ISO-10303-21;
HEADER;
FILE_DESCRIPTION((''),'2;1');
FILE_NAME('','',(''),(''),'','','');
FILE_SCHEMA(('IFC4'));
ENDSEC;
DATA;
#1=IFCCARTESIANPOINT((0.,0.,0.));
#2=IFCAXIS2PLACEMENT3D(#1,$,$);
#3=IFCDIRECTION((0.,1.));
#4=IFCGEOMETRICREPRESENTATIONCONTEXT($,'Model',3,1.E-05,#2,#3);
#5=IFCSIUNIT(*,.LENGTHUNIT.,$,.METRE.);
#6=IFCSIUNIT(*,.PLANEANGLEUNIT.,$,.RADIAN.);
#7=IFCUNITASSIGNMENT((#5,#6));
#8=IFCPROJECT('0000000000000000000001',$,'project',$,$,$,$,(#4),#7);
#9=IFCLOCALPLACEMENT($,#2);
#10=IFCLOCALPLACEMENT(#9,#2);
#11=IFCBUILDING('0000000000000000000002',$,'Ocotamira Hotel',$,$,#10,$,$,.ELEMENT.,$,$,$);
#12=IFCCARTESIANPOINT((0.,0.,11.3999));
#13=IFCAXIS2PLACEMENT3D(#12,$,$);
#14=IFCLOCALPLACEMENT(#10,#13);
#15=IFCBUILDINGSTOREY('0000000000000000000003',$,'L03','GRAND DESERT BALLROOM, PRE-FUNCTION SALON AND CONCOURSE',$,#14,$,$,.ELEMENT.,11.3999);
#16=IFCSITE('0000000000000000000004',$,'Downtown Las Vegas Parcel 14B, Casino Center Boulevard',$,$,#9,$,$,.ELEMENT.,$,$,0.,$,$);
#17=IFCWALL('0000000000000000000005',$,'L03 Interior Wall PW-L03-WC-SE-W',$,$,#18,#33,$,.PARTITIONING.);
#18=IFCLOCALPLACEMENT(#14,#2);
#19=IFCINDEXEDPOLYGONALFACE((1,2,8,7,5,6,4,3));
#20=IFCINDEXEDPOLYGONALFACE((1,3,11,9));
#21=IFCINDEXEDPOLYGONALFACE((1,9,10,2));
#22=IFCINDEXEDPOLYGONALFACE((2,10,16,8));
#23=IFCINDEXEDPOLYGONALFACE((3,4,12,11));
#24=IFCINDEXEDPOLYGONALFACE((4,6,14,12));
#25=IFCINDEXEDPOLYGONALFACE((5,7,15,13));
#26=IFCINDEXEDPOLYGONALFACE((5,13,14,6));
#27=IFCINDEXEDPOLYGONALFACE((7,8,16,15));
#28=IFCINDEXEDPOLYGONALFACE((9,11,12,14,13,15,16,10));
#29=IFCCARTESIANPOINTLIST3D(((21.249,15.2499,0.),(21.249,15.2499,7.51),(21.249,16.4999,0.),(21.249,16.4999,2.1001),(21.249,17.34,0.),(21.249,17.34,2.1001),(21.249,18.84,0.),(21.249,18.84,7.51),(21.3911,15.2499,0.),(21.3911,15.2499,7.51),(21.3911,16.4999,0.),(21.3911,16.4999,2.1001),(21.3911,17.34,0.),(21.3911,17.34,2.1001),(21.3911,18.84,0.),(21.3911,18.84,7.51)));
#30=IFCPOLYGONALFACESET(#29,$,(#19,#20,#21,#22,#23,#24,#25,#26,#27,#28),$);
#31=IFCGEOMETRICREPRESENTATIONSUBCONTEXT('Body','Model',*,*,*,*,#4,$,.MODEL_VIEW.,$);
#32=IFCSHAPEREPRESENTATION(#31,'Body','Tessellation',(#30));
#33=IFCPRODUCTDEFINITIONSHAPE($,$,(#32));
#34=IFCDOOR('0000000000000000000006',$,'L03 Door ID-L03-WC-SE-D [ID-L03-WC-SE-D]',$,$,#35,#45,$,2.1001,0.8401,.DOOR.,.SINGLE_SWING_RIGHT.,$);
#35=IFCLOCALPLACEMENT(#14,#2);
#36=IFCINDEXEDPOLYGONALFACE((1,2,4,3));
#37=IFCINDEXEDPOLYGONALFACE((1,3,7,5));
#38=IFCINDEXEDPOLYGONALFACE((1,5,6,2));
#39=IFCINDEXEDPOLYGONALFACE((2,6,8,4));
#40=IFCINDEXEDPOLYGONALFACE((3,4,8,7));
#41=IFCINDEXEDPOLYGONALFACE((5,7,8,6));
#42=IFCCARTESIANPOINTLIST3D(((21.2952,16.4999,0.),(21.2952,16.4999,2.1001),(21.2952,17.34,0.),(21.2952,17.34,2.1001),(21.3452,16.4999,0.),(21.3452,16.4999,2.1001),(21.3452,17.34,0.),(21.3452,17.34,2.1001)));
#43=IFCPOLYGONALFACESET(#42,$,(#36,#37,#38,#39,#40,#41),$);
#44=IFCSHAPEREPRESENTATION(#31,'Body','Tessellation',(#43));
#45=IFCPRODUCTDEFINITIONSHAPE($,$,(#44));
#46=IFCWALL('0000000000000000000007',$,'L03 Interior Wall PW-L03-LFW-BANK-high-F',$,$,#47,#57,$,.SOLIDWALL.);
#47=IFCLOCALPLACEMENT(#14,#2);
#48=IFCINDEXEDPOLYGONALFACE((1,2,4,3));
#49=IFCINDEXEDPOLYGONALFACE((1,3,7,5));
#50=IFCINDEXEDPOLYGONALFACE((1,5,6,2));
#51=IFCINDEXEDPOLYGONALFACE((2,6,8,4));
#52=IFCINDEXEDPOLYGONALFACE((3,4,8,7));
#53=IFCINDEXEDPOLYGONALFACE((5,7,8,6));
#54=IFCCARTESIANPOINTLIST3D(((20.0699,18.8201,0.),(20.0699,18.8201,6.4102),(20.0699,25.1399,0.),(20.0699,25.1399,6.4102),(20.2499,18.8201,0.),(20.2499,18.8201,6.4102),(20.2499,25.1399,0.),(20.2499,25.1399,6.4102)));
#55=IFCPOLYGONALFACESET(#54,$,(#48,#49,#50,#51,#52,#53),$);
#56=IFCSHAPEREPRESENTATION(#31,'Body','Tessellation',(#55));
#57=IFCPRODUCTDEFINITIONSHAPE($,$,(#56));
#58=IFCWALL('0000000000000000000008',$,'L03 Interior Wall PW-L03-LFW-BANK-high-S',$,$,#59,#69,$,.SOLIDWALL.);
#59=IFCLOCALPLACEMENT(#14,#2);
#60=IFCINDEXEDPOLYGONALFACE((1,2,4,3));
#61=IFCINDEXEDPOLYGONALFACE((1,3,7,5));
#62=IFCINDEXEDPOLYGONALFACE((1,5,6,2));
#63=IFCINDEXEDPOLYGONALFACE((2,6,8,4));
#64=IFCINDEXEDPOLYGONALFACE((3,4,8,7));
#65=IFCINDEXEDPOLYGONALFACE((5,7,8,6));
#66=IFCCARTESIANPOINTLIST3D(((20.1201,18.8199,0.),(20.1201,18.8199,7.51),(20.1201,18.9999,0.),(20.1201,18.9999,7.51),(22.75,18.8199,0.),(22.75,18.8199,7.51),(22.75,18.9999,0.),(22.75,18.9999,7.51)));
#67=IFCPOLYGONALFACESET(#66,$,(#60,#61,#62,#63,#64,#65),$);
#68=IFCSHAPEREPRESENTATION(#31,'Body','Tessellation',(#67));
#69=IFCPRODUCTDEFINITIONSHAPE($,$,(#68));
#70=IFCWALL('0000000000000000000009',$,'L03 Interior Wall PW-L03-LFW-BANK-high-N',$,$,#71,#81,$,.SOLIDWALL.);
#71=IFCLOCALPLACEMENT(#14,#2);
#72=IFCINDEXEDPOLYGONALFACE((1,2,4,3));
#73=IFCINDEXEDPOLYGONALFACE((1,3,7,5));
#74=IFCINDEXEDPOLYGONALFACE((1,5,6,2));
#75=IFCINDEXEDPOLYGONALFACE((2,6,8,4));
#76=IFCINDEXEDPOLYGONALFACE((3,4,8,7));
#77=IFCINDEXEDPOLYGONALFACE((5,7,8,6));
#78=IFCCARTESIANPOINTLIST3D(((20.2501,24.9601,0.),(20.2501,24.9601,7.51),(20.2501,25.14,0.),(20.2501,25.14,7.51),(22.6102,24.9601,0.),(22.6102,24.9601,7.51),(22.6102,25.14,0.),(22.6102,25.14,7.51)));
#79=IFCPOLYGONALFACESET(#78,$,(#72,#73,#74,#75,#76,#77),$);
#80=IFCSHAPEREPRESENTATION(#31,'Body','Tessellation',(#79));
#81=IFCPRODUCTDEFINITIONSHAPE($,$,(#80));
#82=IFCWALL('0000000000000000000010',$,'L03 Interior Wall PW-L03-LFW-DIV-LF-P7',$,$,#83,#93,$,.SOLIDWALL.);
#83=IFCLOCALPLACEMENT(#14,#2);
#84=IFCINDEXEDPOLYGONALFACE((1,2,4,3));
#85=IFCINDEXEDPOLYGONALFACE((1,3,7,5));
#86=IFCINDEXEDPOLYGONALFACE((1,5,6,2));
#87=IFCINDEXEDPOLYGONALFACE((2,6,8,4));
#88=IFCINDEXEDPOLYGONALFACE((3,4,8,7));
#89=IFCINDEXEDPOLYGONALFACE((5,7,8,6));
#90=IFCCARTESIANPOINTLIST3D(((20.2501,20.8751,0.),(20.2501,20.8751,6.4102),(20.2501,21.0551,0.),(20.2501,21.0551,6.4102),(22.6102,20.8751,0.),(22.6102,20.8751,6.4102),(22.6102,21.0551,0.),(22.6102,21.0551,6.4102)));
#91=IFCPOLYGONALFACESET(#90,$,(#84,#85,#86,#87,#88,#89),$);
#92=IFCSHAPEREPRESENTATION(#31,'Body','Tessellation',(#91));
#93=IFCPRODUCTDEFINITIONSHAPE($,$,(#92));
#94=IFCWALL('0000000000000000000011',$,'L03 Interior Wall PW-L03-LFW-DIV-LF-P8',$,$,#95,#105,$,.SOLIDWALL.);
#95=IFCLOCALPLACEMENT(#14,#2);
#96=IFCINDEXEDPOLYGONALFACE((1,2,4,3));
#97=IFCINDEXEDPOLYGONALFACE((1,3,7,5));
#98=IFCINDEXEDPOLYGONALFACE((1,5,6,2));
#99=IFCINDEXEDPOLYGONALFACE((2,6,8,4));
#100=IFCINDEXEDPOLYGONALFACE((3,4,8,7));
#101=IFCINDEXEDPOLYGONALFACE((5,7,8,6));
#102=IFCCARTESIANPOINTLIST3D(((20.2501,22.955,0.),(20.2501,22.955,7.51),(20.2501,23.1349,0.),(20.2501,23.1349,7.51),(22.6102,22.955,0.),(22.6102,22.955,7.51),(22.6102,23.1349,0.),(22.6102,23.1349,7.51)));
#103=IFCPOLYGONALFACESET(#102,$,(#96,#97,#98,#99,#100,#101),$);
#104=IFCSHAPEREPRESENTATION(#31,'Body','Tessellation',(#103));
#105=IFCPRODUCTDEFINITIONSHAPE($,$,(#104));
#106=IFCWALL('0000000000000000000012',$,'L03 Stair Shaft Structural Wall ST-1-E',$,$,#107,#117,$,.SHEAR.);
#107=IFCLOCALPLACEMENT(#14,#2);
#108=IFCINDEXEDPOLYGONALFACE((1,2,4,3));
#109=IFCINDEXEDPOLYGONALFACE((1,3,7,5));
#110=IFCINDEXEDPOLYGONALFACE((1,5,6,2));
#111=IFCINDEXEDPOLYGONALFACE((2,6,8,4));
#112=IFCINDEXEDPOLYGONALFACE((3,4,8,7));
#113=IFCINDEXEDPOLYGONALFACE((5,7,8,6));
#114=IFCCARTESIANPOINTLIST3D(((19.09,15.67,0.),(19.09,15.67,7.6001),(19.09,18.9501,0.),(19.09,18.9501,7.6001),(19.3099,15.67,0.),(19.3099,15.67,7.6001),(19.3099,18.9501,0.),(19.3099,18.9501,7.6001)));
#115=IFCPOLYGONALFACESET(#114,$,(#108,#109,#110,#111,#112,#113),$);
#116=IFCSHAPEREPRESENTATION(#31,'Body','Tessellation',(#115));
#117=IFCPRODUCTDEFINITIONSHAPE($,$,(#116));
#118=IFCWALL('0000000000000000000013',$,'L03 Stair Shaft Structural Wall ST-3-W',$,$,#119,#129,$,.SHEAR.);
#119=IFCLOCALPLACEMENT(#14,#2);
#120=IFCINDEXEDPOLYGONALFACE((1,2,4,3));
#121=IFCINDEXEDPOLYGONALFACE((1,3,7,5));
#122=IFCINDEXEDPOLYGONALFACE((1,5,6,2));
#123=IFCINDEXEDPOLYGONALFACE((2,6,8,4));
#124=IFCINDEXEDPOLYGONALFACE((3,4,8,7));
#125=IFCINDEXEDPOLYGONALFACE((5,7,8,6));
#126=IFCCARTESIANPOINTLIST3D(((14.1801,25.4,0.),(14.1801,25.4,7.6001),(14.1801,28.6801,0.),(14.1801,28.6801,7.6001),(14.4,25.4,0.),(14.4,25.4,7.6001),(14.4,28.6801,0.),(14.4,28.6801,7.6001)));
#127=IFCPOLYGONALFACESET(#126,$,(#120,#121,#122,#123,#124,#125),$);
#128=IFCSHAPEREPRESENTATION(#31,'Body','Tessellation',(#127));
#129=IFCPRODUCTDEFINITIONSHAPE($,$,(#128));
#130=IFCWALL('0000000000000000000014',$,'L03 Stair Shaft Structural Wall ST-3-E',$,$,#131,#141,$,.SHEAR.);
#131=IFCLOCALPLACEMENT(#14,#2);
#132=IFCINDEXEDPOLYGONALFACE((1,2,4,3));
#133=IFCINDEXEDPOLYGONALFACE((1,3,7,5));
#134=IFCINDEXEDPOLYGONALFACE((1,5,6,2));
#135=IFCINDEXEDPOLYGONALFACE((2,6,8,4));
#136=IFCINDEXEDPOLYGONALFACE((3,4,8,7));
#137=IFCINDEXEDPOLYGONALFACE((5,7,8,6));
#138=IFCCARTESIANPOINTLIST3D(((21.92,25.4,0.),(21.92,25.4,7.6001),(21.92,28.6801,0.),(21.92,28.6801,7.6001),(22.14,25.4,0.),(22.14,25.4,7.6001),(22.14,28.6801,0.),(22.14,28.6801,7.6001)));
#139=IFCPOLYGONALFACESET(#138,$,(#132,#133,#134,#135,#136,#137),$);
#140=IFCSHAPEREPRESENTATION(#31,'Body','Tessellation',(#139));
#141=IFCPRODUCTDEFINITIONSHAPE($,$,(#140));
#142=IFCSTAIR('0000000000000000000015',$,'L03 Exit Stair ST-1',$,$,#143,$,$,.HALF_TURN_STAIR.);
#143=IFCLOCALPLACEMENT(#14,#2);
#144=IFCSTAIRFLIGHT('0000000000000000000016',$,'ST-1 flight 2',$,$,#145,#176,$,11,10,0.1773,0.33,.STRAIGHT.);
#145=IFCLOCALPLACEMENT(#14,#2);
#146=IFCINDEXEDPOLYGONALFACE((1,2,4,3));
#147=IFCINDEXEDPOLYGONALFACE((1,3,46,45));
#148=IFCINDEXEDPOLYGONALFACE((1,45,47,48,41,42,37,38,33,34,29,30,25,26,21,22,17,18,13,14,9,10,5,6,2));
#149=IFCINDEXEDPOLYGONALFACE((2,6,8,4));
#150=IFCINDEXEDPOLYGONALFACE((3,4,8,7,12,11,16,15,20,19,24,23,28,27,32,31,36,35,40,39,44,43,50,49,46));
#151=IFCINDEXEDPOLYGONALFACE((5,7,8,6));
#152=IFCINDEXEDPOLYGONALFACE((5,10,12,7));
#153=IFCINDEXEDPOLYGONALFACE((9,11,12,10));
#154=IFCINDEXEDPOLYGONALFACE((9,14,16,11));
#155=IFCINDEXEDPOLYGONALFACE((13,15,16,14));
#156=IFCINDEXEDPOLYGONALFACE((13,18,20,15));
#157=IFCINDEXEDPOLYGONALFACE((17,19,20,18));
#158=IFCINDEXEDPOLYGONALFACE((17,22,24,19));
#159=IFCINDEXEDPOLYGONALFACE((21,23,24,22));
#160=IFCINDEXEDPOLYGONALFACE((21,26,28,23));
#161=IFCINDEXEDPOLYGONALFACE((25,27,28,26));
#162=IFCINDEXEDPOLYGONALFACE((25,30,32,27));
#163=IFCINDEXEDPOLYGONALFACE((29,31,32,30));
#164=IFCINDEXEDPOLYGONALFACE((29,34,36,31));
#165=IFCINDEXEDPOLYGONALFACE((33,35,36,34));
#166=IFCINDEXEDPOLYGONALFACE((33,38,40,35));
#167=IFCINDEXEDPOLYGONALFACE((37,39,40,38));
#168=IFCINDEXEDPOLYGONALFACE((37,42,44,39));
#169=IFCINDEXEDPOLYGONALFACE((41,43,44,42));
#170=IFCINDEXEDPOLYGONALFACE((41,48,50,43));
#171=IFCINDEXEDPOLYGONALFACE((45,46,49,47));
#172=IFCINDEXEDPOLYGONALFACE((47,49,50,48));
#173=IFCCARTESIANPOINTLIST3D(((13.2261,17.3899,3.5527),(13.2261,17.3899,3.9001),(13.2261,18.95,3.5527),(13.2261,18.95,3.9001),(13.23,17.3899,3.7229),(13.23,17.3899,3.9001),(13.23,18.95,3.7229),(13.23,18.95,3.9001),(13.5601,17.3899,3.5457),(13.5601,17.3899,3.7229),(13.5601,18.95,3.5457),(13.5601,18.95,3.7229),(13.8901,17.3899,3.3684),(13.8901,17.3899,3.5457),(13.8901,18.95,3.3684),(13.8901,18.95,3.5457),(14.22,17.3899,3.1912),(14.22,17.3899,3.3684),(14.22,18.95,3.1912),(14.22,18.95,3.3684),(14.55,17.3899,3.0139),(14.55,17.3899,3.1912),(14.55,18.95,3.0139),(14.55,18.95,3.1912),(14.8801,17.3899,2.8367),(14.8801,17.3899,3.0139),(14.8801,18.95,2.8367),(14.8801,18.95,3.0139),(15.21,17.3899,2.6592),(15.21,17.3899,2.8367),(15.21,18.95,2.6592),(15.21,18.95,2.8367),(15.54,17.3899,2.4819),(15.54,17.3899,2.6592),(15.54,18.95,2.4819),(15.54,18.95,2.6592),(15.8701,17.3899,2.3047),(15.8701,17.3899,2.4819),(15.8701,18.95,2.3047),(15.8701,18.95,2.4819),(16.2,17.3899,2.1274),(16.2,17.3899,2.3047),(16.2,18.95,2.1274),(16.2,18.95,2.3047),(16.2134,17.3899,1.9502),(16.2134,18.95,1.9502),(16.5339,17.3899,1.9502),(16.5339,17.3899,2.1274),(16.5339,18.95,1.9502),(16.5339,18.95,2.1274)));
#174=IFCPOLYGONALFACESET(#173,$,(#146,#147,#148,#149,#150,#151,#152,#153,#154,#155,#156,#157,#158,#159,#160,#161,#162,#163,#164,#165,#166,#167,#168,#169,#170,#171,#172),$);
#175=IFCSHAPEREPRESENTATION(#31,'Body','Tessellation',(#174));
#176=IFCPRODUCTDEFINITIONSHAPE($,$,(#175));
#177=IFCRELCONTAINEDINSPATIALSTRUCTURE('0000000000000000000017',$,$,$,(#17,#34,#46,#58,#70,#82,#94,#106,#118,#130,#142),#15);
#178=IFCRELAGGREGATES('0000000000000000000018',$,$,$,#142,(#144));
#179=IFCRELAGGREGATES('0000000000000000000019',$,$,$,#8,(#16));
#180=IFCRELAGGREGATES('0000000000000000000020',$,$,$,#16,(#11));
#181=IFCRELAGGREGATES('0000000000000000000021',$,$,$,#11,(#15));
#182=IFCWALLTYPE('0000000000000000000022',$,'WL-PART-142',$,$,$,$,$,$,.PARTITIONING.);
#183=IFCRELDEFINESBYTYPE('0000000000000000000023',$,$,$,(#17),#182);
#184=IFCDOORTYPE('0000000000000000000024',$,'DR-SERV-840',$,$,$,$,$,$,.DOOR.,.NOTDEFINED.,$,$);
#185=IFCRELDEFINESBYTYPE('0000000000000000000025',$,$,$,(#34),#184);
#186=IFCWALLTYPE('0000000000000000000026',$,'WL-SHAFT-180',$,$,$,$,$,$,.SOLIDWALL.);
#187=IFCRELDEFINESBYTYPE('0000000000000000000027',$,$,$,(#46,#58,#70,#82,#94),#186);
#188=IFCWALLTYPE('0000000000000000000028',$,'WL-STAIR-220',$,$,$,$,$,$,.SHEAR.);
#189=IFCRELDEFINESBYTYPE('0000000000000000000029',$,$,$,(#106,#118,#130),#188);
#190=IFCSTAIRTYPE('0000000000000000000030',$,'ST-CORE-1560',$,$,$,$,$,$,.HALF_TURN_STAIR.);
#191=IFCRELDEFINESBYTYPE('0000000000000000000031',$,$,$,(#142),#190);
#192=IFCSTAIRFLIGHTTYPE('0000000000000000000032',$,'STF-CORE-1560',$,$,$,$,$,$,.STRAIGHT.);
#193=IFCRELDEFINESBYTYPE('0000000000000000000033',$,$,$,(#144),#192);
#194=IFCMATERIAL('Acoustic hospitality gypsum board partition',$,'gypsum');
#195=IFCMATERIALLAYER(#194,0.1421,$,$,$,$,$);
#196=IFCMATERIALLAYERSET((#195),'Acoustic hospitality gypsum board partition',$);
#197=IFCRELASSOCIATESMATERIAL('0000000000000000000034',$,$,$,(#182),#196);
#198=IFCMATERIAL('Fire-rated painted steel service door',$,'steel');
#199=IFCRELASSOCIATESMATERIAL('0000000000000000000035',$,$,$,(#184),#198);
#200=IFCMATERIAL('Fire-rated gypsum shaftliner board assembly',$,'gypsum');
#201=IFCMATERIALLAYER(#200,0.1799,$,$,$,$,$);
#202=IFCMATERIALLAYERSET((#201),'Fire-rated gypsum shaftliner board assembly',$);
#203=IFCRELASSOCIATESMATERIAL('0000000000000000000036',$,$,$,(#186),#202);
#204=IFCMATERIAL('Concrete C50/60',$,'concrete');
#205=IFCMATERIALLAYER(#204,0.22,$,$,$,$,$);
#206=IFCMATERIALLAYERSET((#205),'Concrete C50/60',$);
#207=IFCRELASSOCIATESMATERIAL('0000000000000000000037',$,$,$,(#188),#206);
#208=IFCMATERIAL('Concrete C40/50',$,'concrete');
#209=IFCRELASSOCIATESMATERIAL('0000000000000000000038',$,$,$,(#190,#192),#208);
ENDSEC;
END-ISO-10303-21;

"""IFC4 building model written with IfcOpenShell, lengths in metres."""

from ifc_helpers import new_model, si_unit, direction, frame, frame_2d, origin, place, context, subcontext, project, spatial, polyline, rectangle, outline, extrude, source, transform, mapped, material, layer, layer_set, type_object, element, fill, aggregate, save


model = new_model("IFC4")

# Units and contexts
model_context = context("Model", 3, precision=1e-05, world=origin(), true_north=direction((0.0, 1.0)))
body_context = subcontext(model_context, "Body", "Model", "MODEL_VIEW")
ifc_project = project(units=[si_unit("LENGTHUNIT", "METRE"), si_unit("PLANEANGLEUNIT", "RADIAN")], contexts=[model_context])

# Site, building, storey
site_placement = place(None, origin())
site = spatial("IfcSite", under=ifc_project, at=site_placement, Name="Downtown Las Vegas Parcel 14B, Casino Center Boulevard", CompositionType="ELEMENT", RefElevation=0.0)
building_placement = place(site_placement, origin())
building = spatial("IfcBuilding", under=site, at=building_placement, Name="Ocotamira Hotel", CompositionType="ELEMENT")
storey_placement = place(building_placement, frame((0.0, 0.0, 11.3999)))
storey = spatial("IfcBuildingStorey", under=building, at=storey_placement, Name="L03", Description="GRAND DESERT BALLROOM, PRE-FUNCTION SALON AND CONCOURSE", CompositionType="ELEMENT", Elevation=11.3999)

# Wall, opening, door
ifc_material_1 = material(Name="Acoustic hospitality gypsum board partition", Category="gypsum")
ifc_layer_1 = layer(ifc_material_1, 0.1421)
ifc_layer_set_1 = layer_set([ifc_layer_1], Name="Acoustic hospitality gypsum board partition")
wall_type_1 = type_object("IfcWallType", Name="WL-PART-142", PredefinedType="PARTITIONING", material=ifc_layer_set_1)
wall_1_placement = place(storey_placement, frame((21.3201, 15.25, 0.0), z_axis=(0.0, 0.0, 1.0), x_axis=(0.0, 1.0, 0.0)))
wall_1 = element("IfcWall", 1, at=wall_1_placement, inside=storey, type_object=wall_type_1, Name="L03 Interior Wall PW-L03-WC-SE-W", PredefinedType="PARTITIONING", context=body_context, shape_type="SweptSolid", body=[
    extrude(rectangle(XDim=3.5901, YDim=0.1421, at=frame_2d((1.7949, 0.0))), origin(), (0.0, 0.0, 1.0), 7.51),
])
opening_placement = place(wall_1_placement, frame((1.25, 0.0, 0.0)))
opening = element("IfcOpeningElement", 2, at=opening_placement, cuts=wall_1, PredefinedType="OPENING", context=body_context, shape_type="SweptSolid", body=[
    extrude(rectangle(XDim=0.8401, YDim=2.1001, at=frame_2d((0.4199, 1.05))), frame((0.0, 0.0811, 0.0), z_axis=(0.0, -1.0, 0.0), x_axis=(1.0, 0.0, 0.0)), (0.0, 0.0, 1.0), 0.1621),
])
ifc_material_2 = material(Name="Fire-rated painted steel service door", Category="steel")
door_type = type_object("IfcDoorType", Name="DR-SERV-840", OperationType="NOTDEFINED", PredefinedType="DOOR", material=ifc_material_2)
shared_shape_1 = source(origin(), body_context, "Body", "SweptSolid", [
    extrude(rectangle(XDim=0.8401, YDim=2.1001, at=frame_2d((0.4199, 1.05))), frame((0.0, 0.0249, 0.0), z_axis=(0.0, -1.0, 0.0), x_axis=(1.0, 0.0, 0.0)), (0.0, 0.0, 1.0), 0.05),
])
door_placement = place(opening_placement, origin())
door = element("IfcDoor", 3, at=door_placement, inside=storey, type_object=door_type, Name="L03 Door ID-L03-WC-SE-D [ID-L03-WC-SE-D]", OperationType="SINGLE_SWING_RIGHT", OverallHeight=2.1001, OverallWidth=0.8401, PredefinedType="DOOR", context=body_context, shape_type="MappedRepresentation", body=[
    mapped(shared_shape_1, transform((0.0, 0.0, 0.0), scale=1.0)),
])
fill(opening, door)

# Walls
ifc_material_3 = material(Name="Fire-rated gypsum shaftliner board assembly", Category="gypsum")
ifc_layer_2 = layer(ifc_material_3, 0.1799)
ifc_layer_set_2 = layer_set([ifc_layer_2], Name="Fire-rated gypsum shaftliner board assembly")
wall_type_2 = type_object("IfcWallType", Name="WL-SHAFT-180", PredefinedType="SOLIDWALL", material=ifc_layer_set_2)
wall_2_placement = place(storey_placement, frame((20.1599, 18.8201, 0.0), z_axis=(0.0, 0.0, 1.0), x_axis=(0.0, 1.0, 0.0)))
element("IfcWall", 4, at=wall_2_placement, inside=storey, type_object=wall_type_2, Name="L03 Interior Wall PW-L03-LFW-BANK-high-F", PredefinedType="SOLIDWALL", context=body_context, shape_type="SweptSolid", body=[
    extrude(rectangle(XDim=6.3198, YDim=0.1799, at=frame_2d((3.1599, 0.0))), origin(), (0.0, 0.0, 1.0), 6.4102),
])
wall_3_placement = place(storey_placement, frame((20.1201, 18.9099, 0.0), z_axis=(0.0, 0.0, 1.0), x_axis=(1.0, 0.0, 0.0)))
element("IfcWall", 5, at=wall_3_placement, inside=storey, type_object=wall_type_2, Name="L03 Interior Wall PW-L03-LFW-BANK-high-S", PredefinedType="SOLIDWALL", context=body_context, shape_type="SweptSolid", body=[
    extrude(rectangle(XDim=2.6299, YDim=0.1799, at=frame_2d((1.3149, 0.0))), origin(), (0.0, 0.0, 1.0), 7.51),
])
wall_4_placement = place(storey_placement, frame((20.25, 25.05, 0.0), z_axis=(0.0, 0.0, 1.0), x_axis=(1.0, 0.0, 0.0)))
element("IfcWall", 6, at=wall_4_placement, inside=storey, type_object=wall_type_2, Name="L03 Interior Wall PW-L03-LFW-BANK-high-N", PredefinedType="SOLIDWALL", context=body_context, shape_type="SweptSolid", body=[
    extrude(rectangle(XDim=2.3601, YDim=0.1799, at=frame_2d((1.1802, 0.0))), origin(), (0.0, 0.0, 1.0), 7.51),
])
wall_5_placement = place(storey_placement, frame((20.25, 20.9651, 0.0), z_axis=(0.0, 0.0, 1.0), x_axis=(1.0, 0.0, 0.0)))
element("IfcWall", 7, at=wall_5_placement, inside=storey, type_object=wall_type_2, Name="L03 Interior Wall PW-L03-LFW-DIV-LF-P7", PredefinedType="SOLIDWALL", context=body_context, shape_type="SweptSolid", body=[
    extrude(rectangle(XDim=2.3601, YDim=0.1799, at=frame_2d((1.1802, 0.0))), origin(), (0.0, 0.0, 1.0), 6.4102),
])
wall_6_placement = place(storey_placement, frame((20.25, 23.0449, 0.0), z_axis=(0.0, 0.0, 1.0), x_axis=(1.0, 0.0, 0.0)))
element("IfcWall", 8, at=wall_6_placement, inside=storey, type_object=wall_type_2, Name="L03 Interior Wall PW-L03-LFW-DIV-LF-P8", PredefinedType="SOLIDWALL", context=body_context, shape_type="SweptSolid", body=[
    extrude(rectangle(XDim=2.3601, YDim=0.1799, at=frame_2d((1.1802, 0.0))), origin(), (0.0, 0.0, 1.0), 7.51),
])
ifc_material_4 = material(Name="Concrete C50/60", Category="concrete")
ifc_layer_3 = layer(ifc_material_4, 0.22)
ifc_layer_set_3 = layer_set([ifc_layer_3], Name="Concrete C50/60")
wall_type_3 = type_object("IfcWallType", Name="WL-STAIR-220", PredefinedType="SHEAR", material=ifc_layer_set_3)
for number, where, z_axis, x_axis, name in (
    (9, (19.2, 15.6699, 0.0), (0.0, 0.0, 1.0), (0.0, 1.0, 0.0), "L03 Stair Shaft Structural Wall ST-1-E"),
    (10, (14.29, 25.3999, 0.0), (0.0, 0.0, 1.0), (0.0, 1.0, 0.0), "L03 Stair Shaft Structural Wall ST-3-W"),
    (11, (22.03, 25.3999, 0.0), (0.0, 0.0, 1.0), (0.0, 1.0, 0.0), "L03 Stair Shaft Structural Wall ST-3-E"),
):
    element("IfcWall", number, at=place(storey_placement, frame(where, z_axis=z_axis, x_axis=x_axis)), inside=storey, type_object=wall_type_3, Name=name, PredefinedType="SHEAR", context=body_context, shape_type="SweptSolid", body=[
        extrude(rectangle(XDim=3.28, YDim=0.22, at=frame_2d((1.6401, 0.0))), origin(), (0.0, 0.0, 1.0), 7.6001),
    ])

# Stair, stair flight
ifc_material_5 = material(Name="Concrete C40/50", Category="concrete")
stair_type = type_object("IfcStairType", Name="ST-CORE-1560", PredefinedType="HALF_TURN_STAIR", material=ifc_material_5)
stair_placement = place(storey_placement, origin())
stair = element("IfcStair", 12, at=stair_placement, inside=storey, type_object=stair_type, Name="L03 Exit Stair ST-1", PredefinedType="HALF_TURN_STAIR")
stair_flight_type = type_object("IfcStairFlightType", Name="STF-CORE-1560", PredefinedType="STRAIGHT", material=ifc_material_5)
shared_shape_2 = source(origin(), body_context, "Body", "SweptSolid", [
    extrude(outline(polyline([(-0.0039, 0.0), (-0.0039, 0.1772), (0.3301, 0.1772), (0.3301, 0.3545), (0.6599, 0.3545), (0.6599, 0.5317), (0.99, 0.5317), (0.99, 0.709), (1.3201, 0.709), (1.3201, 0.8865), (1.6499, 0.8865), (1.6499, 1.0637), (1.98, 1.0637), (1.98, 1.241), (2.3101, 1.241), (2.3101, 1.4182), (2.6399, 1.4182), (2.6399, 1.5955), (2.97, 1.5955), (2.97, 1.7727), (3.3, 1.7727), (3.3, 1.95), (3.304, 1.95), (3.304, 1.6025), (0.3167, 0.0), (-0.0039, 0.0)])), frame((0.0, 0.78, 0.0), z_axis=(0.0, -1.0, 0.0), x_axis=(1.0, 0.0, 0.0)), (0.0, 0.0, 1.0), 1.5601),
])
stair_flight_1_placement = place(storey_placement, frame((16.53, 18.1699, 1.9502), z_axis=(0.0, 0.0, 1.0), x_axis=(-1.0, 0.0, 0.0)))
stair_flight_1 = element("IfcStairFlight", 13, at=stair_flight_1_placement, type_object=stair_flight_type, Name="ST-1 flight 2", NumberOfRisers=11, NumberOfTreads=10, PredefinedType="STRAIGHT", RiserHeight=0.1773, TreadLength=0.33, context=body_context, shape_type="MappedRepresentation", body=[
    mapped(shared_shape_2, transform((0.0, 0.0, 0.0), scale=1.0)),
])
aggregate(stair, [stair_flight_1])

save(model, "model.ifc")
